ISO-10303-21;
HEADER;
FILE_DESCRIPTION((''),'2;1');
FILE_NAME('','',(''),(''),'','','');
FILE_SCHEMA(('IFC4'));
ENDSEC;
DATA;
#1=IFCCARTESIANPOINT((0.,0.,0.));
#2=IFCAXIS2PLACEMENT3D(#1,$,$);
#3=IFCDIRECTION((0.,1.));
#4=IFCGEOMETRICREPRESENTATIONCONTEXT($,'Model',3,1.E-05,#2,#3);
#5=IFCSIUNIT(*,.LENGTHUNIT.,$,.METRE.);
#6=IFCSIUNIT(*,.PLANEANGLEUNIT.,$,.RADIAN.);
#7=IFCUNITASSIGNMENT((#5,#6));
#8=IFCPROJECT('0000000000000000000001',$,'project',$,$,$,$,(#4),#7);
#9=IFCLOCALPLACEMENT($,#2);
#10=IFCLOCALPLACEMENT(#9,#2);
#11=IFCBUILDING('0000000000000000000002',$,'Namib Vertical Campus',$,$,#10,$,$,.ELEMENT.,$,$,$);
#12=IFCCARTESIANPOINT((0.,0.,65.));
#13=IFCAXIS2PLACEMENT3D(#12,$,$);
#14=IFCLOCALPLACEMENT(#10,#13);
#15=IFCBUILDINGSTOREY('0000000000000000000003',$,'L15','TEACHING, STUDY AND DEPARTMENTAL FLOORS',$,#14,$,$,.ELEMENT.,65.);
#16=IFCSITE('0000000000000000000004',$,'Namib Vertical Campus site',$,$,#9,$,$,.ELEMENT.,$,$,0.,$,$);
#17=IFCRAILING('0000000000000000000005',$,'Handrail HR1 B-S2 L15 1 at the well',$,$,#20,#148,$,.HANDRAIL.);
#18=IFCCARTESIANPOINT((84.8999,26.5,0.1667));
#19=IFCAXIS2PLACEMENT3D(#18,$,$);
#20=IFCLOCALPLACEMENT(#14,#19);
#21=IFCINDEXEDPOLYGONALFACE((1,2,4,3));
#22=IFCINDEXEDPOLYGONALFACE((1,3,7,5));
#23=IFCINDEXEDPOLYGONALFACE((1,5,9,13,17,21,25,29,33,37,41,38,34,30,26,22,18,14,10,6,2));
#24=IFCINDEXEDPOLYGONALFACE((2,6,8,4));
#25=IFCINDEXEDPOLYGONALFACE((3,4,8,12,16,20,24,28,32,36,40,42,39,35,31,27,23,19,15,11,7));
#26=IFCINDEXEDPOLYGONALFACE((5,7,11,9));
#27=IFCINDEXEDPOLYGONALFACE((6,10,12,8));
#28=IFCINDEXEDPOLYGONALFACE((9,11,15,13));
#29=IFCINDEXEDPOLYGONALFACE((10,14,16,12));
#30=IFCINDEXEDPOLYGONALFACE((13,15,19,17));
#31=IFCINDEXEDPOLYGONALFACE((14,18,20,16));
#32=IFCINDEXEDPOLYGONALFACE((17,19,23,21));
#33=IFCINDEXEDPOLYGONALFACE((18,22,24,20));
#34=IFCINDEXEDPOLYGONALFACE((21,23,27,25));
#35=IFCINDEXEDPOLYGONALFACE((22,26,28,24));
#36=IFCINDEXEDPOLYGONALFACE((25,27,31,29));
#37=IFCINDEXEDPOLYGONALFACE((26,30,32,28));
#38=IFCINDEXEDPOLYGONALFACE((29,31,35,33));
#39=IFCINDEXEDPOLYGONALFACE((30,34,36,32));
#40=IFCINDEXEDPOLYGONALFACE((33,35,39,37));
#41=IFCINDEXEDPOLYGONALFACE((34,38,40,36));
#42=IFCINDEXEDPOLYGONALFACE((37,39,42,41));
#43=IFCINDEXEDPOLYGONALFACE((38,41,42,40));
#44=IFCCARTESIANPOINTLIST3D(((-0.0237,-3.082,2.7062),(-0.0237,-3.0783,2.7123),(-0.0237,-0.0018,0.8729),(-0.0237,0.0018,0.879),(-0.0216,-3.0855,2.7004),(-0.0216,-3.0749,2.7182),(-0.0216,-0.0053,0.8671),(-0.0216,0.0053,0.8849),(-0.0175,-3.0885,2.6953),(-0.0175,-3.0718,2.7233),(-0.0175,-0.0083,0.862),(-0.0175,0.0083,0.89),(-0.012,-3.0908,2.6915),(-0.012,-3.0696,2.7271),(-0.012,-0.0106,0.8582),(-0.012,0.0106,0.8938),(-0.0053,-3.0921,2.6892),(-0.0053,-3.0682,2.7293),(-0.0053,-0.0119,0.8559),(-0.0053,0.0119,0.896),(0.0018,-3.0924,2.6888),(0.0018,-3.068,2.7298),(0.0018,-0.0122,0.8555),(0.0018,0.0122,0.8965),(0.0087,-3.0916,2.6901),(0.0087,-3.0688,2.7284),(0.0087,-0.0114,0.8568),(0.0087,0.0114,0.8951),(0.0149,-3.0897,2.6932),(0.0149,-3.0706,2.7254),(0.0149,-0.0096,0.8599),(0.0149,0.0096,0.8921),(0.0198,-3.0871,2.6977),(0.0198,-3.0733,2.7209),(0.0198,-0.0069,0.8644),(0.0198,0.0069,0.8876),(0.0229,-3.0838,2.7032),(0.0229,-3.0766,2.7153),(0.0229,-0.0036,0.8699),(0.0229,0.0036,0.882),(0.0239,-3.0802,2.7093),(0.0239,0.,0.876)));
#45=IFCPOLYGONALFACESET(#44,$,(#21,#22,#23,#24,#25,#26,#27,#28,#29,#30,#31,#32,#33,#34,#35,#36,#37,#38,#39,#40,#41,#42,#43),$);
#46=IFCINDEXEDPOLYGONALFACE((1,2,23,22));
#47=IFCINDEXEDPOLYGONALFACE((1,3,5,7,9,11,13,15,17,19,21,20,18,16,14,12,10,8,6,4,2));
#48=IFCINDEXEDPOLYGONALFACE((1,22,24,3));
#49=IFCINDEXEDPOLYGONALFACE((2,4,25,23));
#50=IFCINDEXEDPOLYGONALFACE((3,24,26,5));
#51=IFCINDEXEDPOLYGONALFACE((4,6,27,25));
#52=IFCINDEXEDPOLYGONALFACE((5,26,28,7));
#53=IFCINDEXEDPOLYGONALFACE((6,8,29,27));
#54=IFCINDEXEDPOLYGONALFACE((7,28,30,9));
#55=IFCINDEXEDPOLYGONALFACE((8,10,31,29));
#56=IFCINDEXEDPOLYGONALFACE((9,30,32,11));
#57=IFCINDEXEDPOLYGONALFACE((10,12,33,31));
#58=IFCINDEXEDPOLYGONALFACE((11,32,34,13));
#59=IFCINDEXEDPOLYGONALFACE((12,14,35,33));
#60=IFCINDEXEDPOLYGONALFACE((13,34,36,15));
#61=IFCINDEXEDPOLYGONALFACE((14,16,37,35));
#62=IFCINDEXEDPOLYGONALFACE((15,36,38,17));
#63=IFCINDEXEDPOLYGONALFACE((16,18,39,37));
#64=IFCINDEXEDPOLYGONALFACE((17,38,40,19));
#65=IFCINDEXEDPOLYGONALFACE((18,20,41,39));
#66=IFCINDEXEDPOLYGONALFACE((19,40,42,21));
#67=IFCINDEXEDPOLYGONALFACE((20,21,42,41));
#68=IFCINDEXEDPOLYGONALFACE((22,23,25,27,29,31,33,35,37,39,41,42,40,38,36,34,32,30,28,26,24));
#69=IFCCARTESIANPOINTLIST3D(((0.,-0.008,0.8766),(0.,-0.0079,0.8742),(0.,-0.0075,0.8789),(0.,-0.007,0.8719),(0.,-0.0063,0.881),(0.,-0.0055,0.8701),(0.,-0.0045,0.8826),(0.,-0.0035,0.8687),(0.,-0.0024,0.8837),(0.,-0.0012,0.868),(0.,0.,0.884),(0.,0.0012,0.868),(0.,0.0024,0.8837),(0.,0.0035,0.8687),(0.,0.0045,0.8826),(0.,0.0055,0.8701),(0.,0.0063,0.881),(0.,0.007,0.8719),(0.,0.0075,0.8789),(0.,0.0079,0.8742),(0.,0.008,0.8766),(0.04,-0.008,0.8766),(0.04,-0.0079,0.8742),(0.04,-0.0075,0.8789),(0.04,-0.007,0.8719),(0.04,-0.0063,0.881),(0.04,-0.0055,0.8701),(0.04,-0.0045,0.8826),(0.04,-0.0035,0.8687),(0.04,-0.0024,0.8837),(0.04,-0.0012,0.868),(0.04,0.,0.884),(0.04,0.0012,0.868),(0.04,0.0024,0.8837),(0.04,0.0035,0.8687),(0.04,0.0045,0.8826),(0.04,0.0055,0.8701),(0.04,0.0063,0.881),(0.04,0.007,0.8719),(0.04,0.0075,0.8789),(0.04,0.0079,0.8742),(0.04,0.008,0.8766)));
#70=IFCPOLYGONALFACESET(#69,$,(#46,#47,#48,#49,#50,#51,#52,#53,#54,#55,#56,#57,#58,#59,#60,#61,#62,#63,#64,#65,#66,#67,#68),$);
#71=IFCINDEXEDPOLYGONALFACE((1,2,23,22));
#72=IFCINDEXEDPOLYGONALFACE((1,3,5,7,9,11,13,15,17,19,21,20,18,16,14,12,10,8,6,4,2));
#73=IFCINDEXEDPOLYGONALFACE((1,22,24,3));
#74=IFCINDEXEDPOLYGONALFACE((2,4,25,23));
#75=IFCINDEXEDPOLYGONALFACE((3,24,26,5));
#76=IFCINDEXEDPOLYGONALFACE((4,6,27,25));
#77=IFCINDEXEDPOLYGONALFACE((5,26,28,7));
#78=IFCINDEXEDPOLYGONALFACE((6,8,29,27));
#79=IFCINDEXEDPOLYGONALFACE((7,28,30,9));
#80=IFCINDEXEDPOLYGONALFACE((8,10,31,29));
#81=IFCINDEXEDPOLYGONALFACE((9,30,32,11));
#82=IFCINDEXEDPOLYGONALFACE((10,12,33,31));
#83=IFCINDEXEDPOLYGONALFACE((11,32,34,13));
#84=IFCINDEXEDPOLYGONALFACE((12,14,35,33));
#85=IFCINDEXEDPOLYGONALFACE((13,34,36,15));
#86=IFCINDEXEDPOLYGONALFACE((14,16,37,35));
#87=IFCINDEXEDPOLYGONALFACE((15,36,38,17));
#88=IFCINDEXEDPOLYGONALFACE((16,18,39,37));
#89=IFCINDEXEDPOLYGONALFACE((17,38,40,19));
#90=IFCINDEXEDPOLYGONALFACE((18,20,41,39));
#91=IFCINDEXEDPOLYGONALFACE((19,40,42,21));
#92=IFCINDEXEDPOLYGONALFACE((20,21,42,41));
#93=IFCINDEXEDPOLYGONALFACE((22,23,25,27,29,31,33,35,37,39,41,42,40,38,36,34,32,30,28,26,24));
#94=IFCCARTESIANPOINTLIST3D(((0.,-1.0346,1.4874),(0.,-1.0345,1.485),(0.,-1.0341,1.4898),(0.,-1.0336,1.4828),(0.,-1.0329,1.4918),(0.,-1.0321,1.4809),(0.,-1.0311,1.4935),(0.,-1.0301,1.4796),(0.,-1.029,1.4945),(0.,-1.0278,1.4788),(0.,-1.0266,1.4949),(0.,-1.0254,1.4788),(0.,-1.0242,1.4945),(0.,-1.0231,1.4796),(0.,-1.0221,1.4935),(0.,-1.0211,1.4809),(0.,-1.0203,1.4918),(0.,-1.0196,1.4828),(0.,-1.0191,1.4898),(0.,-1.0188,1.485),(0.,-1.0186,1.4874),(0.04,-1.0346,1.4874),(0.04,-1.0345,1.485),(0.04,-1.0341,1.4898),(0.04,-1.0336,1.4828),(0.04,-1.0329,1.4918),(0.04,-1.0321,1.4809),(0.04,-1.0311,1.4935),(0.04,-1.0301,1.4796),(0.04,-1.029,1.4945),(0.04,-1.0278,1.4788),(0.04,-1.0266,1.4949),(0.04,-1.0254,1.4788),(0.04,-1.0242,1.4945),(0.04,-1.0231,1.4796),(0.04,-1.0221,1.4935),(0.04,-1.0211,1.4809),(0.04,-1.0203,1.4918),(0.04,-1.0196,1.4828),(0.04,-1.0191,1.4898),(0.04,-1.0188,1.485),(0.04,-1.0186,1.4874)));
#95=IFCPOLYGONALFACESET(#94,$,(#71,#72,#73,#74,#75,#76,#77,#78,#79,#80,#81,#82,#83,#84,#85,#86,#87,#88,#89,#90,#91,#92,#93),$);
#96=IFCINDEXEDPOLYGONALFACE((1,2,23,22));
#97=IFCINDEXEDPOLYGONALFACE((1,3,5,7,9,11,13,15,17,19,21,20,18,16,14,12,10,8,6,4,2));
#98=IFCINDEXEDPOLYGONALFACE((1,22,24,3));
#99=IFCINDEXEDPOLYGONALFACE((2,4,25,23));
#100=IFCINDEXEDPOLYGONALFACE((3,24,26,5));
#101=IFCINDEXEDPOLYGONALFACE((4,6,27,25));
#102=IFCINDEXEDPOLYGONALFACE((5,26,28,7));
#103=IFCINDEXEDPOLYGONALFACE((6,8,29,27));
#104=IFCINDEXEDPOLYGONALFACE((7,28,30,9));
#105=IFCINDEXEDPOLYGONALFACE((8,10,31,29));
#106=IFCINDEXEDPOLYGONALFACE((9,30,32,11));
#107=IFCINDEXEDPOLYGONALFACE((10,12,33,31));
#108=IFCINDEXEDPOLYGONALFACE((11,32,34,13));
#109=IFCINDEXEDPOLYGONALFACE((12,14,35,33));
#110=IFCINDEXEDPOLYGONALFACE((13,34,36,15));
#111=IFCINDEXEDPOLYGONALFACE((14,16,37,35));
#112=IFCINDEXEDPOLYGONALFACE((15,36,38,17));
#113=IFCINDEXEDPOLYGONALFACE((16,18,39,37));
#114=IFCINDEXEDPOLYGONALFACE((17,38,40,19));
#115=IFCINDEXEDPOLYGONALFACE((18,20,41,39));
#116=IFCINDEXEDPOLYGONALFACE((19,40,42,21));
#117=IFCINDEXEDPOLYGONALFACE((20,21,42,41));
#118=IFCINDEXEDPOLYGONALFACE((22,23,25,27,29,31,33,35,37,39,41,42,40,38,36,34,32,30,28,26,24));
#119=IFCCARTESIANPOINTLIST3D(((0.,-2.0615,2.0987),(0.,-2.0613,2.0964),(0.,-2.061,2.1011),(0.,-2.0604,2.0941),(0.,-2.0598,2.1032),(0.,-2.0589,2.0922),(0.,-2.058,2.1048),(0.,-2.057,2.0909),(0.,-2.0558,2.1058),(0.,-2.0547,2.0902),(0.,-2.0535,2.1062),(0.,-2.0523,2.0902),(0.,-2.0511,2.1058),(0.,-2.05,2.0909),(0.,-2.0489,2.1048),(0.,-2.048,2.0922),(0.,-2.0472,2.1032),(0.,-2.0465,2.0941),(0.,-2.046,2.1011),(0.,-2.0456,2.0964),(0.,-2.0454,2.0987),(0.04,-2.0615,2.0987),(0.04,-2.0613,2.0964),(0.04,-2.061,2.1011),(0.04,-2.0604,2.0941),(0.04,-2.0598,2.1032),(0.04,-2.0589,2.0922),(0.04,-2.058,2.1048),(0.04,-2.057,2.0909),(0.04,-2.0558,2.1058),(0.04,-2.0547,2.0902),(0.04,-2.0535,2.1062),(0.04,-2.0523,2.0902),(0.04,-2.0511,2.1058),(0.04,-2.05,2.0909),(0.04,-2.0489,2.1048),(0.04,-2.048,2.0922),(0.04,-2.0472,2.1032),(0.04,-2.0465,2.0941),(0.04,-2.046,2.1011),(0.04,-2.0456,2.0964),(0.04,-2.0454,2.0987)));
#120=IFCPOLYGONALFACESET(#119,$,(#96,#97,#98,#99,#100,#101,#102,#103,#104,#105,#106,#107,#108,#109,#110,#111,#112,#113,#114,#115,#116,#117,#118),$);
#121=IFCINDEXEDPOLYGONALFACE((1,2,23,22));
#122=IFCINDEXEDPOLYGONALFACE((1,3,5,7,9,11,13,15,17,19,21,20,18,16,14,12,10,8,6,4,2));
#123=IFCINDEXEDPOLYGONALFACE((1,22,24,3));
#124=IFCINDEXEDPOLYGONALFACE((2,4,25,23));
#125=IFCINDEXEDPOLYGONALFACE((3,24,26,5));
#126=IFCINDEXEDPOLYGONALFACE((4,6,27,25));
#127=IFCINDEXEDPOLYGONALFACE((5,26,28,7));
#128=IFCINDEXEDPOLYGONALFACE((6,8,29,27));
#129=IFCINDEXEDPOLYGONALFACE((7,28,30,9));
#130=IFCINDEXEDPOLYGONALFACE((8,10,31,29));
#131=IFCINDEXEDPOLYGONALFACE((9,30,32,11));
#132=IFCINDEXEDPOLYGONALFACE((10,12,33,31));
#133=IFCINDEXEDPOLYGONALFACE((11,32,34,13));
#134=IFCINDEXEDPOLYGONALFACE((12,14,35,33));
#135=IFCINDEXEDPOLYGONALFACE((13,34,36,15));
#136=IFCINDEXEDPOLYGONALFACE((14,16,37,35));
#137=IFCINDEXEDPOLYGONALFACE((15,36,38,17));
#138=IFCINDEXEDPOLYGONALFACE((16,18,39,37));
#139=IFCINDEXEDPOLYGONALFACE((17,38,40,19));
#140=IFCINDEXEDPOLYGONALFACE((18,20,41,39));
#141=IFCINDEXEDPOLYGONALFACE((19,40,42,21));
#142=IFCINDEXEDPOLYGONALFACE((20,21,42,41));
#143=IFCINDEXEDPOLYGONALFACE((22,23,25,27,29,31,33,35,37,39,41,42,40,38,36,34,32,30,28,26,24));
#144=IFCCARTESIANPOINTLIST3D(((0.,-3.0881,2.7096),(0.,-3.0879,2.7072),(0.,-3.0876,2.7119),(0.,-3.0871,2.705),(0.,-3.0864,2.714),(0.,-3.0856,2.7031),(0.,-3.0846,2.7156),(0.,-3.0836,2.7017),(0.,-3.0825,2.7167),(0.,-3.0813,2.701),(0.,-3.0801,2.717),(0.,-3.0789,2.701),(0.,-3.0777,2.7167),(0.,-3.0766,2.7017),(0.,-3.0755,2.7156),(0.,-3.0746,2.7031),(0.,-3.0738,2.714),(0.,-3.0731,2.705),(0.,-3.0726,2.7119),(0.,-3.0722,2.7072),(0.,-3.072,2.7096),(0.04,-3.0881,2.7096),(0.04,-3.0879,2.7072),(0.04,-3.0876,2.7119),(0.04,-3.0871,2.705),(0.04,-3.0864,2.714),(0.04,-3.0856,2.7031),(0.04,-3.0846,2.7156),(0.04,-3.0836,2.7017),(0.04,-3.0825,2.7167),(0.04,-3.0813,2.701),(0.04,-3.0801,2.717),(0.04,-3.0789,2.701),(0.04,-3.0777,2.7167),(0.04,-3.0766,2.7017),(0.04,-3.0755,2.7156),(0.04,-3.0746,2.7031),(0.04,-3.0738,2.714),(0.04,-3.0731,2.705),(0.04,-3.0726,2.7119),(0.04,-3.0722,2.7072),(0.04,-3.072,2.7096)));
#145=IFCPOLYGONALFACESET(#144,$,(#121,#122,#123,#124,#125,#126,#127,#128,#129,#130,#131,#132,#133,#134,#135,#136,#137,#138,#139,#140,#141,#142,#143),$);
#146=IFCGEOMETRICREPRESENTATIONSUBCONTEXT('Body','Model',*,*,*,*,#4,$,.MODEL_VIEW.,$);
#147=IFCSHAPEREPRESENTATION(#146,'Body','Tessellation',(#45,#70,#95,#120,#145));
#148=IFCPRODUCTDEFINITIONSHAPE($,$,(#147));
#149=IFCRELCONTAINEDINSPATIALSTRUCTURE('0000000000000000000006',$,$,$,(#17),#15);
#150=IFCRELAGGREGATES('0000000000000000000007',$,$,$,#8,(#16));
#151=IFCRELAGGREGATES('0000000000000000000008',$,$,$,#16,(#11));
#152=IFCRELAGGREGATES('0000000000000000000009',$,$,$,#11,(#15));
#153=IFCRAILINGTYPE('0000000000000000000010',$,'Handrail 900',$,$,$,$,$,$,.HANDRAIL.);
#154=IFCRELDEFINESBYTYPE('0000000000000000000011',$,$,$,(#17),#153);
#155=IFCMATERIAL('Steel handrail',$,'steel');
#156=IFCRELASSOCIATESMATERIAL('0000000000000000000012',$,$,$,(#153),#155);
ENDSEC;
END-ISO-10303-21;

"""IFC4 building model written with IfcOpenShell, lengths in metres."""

from ifc_helpers import new_model, si_unit, direction, frame, origin, origin_2d, place, context, subcontext, project, spatial, circle, extrude, material, type_object, element, save


model = new_model("IFC4")

# Units and contexts
model_context = context("Model", 3, precision=1e-05, world=origin(), true_north=direction((0.0, 1.0)))
body_context = subcontext(model_context, "Body", "Model", "MODEL_VIEW")
ifc_project = project(units=[si_unit("LENGTHUNIT", "METRE"), si_unit("PLANEANGLEUNIT", "RADIAN")], contexts=[model_context])

# Site, building, storey
site_placement = place(None, origin())
site = spatial("IfcSite", under=ifc_project, at=site_placement, Name="Namib Vertical Campus site", CompositionType="ELEMENT", RefElevation=0.0)
building_placement = place(site_placement, origin())
building = spatial("IfcBuilding", under=site, at=building_placement, Name="Namib Vertical Campus", CompositionType="ELEMENT")
storey_placement = place(building_placement, frame((0.0, 0.0, 65.0)))
storey = spatial("IfcBuildingStorey", under=building, at=storey_placement, Name="L15", Description="TEACHING, STUDY AND DEPARTMENTAL FLOORS", CompositionType="ELEMENT", Elevation=65.0)

# Railing
ifc_material_1 = material(Name="Steel handrail", Category="steel")
railing_type_1 = type_object("IfcRailingType", Name="Handrail 900", PredefinedType="HANDRAIL", material=ifc_material_1)
railing_1_placement = place(storey_placement, frame((84.8999, 26.5, 0.1667)))
element("IfcRailing", 1, at=railing_1_placement, inside=storey, type_object=railing_type_1, Name="Handrail HR1 B-S2 L15 1 at the well", PredefinedType="HANDRAIL", context=body_context, shape_type="SweptSolid", body=[
    extrude(circle(Radius=0.0239, at=origin_2d()), frame((0.0, 0.0, 0.876), z_axis=(0.0, -0.859309, 0.511458), x_axis=(1.0, 0.0, 0.0)), (0.0, 0.0, 1.0), 3.5845),
    extrude(circle(Radius=0.0081, at=origin_2d()), frame((0.0, 0.0, 0.876), z_axis=(1.0, 0.0, 0.0), x_axis=(0.0, 0.0, 1.0)), (0.0, 0.0, 1.0), 0.04),
    extrude(circle(Radius=0.0081, at=origin_2d()), frame((0.0, -1.0266, 1.4868), z_axis=(1.0, 0.0, 0.0), x_axis=(0.0, 0.0, 1.0)), (0.0, 0.0, 1.0), 0.04),
    extrude(circle(Radius=0.0081, at=origin_2d()), frame((0.0, -2.0535, 2.0981), z_axis=(1.0, 0.0, 0.0), x_axis=(0.0, 0.0, 1.0)), (0.0, 0.0, 1.0), 0.04),
    extrude(circle(Radius=0.0081, at=origin_2d()), frame((0.0, -3.0801, 2.709), z_axis=(1.0, 0.0, 0.0), x_axis=(0.0, 0.0, 1.0)), (0.0, 0.0, 1.0), 0.04),
])

save(model, "model.ifc")
